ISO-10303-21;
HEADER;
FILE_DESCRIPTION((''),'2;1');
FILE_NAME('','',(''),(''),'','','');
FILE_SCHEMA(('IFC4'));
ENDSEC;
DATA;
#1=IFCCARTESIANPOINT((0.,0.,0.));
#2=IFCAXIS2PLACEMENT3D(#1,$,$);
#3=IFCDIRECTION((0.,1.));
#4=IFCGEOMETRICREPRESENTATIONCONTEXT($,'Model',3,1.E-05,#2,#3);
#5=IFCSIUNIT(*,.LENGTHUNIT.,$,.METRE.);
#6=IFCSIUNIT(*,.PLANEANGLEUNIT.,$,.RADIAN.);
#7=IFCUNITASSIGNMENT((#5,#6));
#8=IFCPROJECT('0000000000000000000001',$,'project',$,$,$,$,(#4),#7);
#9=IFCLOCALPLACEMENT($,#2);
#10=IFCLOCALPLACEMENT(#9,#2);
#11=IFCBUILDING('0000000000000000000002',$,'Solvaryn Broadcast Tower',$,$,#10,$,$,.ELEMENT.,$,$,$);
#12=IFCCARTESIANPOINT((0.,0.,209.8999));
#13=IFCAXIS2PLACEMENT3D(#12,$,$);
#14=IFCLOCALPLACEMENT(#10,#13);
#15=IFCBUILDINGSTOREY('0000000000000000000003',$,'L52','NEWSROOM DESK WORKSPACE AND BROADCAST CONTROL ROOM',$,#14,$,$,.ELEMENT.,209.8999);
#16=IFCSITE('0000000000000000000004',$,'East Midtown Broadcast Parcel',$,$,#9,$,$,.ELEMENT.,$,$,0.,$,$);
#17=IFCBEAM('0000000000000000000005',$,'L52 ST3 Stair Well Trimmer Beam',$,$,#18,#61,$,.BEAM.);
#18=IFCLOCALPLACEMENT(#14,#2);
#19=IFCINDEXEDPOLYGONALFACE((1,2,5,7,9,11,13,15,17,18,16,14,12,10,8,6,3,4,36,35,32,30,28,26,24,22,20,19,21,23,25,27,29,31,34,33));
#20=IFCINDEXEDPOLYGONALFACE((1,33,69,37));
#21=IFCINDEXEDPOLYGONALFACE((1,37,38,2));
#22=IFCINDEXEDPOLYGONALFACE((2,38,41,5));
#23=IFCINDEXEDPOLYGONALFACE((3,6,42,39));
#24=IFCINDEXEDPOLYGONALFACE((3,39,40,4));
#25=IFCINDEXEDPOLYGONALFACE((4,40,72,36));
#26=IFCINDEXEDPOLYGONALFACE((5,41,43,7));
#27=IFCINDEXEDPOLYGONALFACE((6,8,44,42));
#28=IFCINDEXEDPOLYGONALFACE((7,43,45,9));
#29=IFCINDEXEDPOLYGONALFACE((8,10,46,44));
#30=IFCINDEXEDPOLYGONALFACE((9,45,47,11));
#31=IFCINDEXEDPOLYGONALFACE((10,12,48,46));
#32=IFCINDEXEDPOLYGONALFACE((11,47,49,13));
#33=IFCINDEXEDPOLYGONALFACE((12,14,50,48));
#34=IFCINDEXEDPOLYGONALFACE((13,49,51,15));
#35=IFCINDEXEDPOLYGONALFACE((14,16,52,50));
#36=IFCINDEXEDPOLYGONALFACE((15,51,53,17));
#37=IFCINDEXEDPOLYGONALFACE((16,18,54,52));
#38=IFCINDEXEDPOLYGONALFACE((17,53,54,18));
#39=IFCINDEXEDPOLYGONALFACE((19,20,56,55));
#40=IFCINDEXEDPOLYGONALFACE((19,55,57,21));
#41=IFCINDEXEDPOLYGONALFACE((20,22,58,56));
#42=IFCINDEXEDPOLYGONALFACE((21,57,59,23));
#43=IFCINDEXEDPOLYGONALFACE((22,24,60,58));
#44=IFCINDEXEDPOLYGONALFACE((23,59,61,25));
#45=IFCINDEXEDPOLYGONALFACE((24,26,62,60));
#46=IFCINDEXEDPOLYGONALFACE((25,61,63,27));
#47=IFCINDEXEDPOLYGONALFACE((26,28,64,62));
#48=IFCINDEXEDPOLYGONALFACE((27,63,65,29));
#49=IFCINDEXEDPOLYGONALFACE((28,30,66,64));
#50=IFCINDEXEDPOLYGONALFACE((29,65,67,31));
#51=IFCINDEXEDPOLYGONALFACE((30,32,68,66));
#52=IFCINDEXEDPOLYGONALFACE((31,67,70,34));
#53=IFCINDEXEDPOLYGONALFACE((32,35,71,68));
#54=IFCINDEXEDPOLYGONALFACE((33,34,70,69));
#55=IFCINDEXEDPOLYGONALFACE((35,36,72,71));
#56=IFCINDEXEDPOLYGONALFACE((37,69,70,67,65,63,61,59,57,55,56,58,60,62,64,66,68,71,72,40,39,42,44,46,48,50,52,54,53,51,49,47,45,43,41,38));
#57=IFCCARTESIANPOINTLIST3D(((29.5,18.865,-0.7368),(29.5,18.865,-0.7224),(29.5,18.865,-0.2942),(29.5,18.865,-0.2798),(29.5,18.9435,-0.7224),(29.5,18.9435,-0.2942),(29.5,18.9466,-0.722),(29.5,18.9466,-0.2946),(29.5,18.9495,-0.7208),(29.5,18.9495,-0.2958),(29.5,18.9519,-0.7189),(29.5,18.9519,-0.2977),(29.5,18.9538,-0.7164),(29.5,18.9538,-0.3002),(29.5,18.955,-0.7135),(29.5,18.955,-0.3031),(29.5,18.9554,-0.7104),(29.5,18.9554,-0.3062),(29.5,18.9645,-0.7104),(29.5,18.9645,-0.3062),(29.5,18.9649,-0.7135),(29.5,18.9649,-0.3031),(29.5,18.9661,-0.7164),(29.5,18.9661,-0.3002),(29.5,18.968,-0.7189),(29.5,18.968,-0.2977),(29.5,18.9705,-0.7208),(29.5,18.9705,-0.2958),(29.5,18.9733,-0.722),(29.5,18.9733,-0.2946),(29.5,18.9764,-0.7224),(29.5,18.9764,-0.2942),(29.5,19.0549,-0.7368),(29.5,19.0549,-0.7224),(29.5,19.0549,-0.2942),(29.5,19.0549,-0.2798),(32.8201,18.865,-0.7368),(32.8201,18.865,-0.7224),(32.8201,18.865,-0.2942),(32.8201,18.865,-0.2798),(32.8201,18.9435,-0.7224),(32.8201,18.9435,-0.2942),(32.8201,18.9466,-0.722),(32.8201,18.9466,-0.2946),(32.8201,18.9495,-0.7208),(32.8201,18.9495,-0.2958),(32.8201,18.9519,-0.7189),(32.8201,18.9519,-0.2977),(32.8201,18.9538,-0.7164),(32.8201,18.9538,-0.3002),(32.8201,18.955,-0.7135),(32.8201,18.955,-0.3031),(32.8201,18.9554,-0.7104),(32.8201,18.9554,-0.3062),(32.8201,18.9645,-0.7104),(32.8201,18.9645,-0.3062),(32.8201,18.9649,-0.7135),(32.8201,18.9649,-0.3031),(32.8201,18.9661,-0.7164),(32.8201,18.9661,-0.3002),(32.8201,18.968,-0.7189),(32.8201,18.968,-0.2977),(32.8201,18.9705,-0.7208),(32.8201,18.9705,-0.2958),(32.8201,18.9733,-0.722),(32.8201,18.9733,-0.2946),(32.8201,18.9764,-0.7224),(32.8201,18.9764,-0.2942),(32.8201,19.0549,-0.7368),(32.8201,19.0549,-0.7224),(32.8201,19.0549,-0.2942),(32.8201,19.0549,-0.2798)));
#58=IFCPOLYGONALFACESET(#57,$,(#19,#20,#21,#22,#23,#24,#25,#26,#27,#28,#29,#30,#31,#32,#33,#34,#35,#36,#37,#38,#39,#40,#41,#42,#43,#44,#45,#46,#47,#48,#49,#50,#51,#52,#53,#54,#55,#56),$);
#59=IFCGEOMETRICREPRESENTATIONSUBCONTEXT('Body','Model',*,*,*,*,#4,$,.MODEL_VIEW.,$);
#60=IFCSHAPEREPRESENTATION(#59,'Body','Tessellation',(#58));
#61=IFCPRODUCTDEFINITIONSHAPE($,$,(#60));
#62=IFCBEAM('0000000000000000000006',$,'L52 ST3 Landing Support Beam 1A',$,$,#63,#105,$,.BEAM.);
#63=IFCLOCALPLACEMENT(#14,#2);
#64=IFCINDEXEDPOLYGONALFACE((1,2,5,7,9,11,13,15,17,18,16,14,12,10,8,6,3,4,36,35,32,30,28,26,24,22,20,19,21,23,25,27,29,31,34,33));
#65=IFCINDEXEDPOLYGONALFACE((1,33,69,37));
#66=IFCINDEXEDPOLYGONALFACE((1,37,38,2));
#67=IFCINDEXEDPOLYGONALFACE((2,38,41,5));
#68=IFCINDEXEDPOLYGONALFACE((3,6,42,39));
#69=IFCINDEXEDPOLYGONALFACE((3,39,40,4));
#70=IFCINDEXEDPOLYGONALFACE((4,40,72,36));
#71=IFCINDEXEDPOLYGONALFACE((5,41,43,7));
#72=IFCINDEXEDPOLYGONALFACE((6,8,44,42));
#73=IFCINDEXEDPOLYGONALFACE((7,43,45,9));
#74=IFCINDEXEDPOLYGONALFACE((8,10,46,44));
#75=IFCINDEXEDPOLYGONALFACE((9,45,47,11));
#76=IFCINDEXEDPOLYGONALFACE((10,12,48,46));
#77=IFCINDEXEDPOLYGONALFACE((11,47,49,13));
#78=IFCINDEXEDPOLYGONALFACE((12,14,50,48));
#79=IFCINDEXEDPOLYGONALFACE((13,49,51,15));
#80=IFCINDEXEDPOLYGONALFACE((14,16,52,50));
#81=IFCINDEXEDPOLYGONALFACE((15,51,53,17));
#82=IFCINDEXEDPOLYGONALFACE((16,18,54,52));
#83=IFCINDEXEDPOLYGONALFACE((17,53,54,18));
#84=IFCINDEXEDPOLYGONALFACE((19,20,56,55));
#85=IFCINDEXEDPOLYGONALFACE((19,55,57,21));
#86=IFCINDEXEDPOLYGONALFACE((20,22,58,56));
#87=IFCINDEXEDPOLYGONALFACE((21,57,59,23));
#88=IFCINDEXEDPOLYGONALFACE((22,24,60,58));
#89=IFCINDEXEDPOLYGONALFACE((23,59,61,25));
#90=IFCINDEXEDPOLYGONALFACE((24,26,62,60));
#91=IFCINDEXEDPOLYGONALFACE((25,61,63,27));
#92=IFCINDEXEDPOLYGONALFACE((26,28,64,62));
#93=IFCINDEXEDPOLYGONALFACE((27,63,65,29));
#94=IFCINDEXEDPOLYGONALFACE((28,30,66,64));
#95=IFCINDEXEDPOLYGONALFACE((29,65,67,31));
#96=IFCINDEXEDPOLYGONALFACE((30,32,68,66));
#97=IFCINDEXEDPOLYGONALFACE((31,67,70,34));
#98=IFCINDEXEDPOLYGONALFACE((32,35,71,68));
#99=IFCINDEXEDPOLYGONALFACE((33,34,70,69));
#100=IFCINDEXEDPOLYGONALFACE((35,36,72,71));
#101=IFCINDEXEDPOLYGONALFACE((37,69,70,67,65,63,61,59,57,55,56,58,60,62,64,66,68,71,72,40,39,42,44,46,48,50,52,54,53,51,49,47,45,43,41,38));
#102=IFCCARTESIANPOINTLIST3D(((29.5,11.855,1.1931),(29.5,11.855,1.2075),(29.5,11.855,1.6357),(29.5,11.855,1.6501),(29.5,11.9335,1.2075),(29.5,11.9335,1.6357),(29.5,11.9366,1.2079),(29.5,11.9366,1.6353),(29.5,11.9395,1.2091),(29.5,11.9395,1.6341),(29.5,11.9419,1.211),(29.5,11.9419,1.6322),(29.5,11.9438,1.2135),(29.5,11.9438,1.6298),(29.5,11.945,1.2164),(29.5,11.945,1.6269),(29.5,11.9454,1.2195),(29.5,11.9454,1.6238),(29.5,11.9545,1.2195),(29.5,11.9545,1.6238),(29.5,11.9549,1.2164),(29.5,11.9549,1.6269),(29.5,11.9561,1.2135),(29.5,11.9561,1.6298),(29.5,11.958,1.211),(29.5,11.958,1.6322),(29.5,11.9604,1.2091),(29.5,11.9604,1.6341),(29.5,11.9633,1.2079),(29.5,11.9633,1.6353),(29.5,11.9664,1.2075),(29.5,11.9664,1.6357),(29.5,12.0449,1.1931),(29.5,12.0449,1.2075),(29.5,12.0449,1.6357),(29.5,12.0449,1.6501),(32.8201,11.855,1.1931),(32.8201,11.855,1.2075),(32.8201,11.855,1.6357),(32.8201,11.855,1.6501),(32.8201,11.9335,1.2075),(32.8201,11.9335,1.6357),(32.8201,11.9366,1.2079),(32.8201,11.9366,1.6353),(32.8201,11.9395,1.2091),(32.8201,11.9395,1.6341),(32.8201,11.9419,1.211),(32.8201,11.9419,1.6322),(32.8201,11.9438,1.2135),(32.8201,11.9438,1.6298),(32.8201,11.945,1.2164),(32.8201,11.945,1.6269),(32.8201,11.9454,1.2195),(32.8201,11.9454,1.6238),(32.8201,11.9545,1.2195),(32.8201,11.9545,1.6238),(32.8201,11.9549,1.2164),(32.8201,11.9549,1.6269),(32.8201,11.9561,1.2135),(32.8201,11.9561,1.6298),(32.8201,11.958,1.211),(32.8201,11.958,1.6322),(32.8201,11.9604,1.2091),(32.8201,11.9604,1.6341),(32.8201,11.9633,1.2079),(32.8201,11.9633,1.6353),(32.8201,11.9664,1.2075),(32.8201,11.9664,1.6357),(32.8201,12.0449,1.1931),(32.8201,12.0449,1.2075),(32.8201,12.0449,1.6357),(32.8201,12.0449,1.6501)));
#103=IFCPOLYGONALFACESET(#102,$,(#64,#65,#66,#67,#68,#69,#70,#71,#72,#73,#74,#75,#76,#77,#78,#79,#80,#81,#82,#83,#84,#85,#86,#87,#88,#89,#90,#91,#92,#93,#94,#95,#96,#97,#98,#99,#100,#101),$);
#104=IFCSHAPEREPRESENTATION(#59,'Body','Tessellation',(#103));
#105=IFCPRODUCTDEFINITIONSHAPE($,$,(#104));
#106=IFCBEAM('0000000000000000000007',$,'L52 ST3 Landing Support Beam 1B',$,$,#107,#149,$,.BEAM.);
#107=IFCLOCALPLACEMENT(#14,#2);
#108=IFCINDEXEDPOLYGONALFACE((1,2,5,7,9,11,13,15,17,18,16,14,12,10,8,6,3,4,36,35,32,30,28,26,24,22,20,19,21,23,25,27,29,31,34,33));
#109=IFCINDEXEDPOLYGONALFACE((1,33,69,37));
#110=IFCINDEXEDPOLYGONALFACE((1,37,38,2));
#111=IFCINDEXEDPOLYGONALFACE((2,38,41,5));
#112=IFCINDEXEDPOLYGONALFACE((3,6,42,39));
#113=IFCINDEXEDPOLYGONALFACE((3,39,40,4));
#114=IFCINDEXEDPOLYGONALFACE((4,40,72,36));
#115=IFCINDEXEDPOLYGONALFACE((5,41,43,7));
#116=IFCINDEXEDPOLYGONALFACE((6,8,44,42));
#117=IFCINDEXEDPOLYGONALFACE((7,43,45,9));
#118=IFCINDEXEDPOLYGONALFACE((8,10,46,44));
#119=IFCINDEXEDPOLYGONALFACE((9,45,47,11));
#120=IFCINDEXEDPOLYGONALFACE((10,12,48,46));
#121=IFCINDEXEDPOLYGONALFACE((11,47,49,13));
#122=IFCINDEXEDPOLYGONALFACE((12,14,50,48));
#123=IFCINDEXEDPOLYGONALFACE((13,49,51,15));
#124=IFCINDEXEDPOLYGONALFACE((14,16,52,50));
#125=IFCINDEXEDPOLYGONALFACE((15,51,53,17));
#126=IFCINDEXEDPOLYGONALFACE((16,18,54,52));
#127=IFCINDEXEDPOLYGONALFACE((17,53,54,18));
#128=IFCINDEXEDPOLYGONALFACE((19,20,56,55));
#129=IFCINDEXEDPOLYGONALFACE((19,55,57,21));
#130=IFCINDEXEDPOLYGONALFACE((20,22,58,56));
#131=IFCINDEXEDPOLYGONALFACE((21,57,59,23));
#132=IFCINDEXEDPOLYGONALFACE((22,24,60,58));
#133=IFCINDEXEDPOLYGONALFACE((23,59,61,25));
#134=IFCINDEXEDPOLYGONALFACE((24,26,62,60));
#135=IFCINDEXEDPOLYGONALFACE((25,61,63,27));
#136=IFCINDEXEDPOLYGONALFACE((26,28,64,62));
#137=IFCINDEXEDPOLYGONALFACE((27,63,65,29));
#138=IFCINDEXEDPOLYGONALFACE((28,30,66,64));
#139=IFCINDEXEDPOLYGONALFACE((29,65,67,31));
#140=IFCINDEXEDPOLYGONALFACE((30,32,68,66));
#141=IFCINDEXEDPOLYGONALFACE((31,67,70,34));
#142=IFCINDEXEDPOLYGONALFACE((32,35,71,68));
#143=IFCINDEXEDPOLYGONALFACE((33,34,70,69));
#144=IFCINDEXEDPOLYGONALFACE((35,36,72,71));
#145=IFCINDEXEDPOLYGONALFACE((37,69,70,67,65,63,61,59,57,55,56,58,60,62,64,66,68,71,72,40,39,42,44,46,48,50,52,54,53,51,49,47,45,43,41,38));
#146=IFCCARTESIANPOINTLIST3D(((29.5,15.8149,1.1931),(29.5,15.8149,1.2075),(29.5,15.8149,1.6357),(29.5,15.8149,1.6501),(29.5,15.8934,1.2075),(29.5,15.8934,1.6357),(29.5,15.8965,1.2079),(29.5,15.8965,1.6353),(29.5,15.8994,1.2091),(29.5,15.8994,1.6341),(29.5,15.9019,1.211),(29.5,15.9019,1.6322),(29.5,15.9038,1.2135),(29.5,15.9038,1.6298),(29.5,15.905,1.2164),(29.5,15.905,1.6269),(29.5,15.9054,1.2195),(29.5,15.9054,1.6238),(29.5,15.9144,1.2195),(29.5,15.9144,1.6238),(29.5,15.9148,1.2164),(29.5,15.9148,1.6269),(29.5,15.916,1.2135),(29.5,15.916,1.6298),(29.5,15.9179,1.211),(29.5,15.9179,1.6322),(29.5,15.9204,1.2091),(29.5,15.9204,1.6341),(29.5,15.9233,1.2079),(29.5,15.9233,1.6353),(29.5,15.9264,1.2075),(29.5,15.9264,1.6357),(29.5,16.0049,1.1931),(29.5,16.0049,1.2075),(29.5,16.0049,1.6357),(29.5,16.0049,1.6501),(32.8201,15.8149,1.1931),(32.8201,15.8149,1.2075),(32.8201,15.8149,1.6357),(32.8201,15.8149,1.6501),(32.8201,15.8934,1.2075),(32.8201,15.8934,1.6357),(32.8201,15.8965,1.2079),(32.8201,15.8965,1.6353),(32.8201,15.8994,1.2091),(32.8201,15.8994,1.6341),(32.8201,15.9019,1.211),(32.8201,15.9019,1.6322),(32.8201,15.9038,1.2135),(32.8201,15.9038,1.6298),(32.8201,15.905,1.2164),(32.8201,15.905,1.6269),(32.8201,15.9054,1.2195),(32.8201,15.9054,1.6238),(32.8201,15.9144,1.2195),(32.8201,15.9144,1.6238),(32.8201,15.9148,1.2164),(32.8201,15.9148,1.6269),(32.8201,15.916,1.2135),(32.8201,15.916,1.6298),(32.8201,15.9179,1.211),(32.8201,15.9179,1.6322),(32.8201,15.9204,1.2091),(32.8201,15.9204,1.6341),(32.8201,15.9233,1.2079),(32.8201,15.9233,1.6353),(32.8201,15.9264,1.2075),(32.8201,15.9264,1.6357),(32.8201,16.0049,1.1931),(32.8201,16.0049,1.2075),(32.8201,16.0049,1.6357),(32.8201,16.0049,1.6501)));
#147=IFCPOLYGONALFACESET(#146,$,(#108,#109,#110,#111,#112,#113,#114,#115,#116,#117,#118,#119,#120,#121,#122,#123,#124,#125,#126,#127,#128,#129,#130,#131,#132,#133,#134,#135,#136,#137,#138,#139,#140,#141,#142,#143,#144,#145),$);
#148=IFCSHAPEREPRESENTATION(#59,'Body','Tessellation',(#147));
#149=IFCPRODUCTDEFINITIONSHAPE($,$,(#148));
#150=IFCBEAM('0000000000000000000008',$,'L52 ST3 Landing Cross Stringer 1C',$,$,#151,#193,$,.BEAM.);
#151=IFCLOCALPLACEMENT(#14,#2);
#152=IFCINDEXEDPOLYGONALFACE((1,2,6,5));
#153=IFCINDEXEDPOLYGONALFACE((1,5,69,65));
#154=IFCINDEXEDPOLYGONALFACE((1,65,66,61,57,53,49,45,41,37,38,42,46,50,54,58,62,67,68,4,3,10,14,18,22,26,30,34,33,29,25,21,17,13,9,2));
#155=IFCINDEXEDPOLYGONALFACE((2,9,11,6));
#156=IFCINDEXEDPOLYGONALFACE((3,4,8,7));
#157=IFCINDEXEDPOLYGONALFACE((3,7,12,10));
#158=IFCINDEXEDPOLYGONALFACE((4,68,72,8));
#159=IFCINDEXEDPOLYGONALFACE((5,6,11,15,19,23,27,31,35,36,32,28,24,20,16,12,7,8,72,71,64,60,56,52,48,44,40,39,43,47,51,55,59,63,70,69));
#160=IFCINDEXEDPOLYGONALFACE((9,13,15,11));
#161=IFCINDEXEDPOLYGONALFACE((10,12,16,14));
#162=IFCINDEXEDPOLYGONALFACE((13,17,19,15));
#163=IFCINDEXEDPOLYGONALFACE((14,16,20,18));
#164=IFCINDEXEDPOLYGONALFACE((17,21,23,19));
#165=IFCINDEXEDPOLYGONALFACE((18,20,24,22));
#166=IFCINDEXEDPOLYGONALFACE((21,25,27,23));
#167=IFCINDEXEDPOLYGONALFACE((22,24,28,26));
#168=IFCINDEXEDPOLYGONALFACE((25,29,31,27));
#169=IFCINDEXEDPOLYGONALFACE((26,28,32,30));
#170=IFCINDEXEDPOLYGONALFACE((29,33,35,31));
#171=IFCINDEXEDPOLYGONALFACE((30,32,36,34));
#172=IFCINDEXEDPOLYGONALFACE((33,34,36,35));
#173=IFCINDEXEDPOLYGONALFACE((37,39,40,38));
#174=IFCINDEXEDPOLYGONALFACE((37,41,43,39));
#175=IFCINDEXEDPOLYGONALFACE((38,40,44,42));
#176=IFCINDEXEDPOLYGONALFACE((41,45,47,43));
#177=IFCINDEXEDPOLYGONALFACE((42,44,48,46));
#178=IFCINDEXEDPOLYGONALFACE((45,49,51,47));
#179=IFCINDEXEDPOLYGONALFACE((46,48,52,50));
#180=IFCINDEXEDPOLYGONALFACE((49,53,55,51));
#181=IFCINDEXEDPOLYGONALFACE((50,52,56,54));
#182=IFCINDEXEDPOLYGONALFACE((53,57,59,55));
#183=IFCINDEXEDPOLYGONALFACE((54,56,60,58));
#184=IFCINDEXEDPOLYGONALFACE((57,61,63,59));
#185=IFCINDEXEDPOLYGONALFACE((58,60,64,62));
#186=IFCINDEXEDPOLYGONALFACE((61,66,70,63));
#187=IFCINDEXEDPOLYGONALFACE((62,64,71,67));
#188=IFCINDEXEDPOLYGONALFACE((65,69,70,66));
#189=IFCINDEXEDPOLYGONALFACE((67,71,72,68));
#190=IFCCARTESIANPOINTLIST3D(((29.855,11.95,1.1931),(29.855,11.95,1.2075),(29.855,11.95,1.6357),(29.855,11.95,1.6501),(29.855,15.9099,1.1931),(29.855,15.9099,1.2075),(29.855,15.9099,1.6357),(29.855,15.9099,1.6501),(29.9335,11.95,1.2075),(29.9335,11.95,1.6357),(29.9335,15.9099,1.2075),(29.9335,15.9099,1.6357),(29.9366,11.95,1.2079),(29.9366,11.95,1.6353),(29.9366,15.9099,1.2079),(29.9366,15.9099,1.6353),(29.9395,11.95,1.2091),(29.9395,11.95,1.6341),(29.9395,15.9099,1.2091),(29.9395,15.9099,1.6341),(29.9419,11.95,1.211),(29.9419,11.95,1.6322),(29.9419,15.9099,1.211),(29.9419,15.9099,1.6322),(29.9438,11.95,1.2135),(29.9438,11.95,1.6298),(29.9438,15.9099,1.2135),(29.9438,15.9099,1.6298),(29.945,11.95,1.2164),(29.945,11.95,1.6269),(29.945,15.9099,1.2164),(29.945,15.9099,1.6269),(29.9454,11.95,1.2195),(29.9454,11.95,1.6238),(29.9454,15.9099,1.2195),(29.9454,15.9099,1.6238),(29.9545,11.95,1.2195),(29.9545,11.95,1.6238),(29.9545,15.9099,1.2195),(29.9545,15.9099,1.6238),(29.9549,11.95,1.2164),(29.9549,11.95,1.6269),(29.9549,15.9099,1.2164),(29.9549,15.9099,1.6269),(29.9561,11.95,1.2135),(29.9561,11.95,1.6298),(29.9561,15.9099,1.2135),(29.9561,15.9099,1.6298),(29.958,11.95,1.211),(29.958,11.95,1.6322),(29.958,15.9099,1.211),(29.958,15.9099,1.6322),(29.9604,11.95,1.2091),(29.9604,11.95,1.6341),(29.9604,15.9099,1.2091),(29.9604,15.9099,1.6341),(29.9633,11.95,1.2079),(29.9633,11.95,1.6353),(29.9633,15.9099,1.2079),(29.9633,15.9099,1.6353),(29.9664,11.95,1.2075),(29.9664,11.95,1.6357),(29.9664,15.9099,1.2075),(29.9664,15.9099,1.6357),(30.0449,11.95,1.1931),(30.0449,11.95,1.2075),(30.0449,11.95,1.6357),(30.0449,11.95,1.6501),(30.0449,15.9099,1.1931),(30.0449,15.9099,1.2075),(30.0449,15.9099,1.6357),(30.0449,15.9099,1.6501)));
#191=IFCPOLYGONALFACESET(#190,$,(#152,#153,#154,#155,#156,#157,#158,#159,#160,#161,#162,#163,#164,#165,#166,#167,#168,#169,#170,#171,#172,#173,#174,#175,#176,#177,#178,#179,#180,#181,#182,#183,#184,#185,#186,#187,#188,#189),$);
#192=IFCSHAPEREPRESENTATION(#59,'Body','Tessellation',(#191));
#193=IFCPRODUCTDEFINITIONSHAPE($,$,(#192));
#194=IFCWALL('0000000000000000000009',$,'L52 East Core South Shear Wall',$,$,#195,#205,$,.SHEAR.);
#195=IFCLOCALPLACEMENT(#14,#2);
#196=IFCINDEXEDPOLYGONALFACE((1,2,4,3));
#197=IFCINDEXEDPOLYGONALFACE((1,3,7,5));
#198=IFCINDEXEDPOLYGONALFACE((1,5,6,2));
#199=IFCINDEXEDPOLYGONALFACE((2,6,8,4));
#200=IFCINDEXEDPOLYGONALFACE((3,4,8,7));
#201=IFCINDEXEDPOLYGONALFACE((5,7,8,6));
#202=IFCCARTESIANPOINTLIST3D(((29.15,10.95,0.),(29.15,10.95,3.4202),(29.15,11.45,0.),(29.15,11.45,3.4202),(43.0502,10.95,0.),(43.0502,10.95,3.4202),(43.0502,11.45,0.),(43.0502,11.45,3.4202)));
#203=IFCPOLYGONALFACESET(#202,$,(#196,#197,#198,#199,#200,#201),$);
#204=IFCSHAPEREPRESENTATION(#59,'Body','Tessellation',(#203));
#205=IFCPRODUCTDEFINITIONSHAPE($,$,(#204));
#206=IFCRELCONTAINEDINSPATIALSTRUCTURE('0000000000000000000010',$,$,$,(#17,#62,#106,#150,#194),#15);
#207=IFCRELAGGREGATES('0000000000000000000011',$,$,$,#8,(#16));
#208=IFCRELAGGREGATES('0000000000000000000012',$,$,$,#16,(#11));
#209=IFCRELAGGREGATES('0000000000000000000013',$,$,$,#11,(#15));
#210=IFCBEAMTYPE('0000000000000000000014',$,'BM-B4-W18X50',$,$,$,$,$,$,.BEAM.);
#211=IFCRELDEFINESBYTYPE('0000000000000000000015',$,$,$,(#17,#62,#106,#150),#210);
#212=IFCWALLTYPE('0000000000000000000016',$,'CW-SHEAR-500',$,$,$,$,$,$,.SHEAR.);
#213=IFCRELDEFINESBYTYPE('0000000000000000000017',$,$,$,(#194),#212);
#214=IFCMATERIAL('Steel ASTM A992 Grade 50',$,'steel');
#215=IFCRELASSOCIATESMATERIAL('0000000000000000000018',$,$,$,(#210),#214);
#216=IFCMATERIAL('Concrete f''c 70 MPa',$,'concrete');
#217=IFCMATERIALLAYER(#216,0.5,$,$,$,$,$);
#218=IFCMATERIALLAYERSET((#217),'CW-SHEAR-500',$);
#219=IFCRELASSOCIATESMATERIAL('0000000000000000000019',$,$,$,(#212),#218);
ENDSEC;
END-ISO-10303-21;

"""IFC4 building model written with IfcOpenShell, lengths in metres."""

from ifc_helpers import new_model, si_unit, direction, frame, frame_2d, origin, origin_2d, place, context, subcontext, project, spatial, rectangle, i_section, extrude, material, layer, layer_set, material_profile, profile_set, type_object, element, save


model = new_model("IFC4")

# Units and contexts
model_context = context("Model", 3, precision=1e-05, world=origin(), true_north=direction((0.0, 1.0)))
body_context = subcontext(model_context, "Body", "Model", "MODEL_VIEW")
ifc_project = project(units=[si_unit("LENGTHUNIT", "METRE"), si_unit("PLANEANGLEUNIT", "RADIAN")], contexts=[model_context])

# Site, building, storey
site_placement = place(None, origin())
site = spatial("IfcSite", under=ifc_project, at=site_placement, Name="East Midtown Broadcast Parcel", CompositionType="ELEMENT", RefElevation=0.0)
building_placement = place(site_placement, origin())
building = spatial("IfcBuilding", under=site, at=building_placement, Name="Solvaryn Broadcast Tower", CompositionType="ELEMENT")
storey_placement = place(building_placement, frame((0.0, 0.0, 209.8999)))
storey = spatial("IfcBuildingStorey", under=building, at=storey_placement, Name="L52", Description="NEWSROOM DESK WORKSPACE AND BROADCAST CONTROL ROOM", CompositionType="ELEMENT", Elevation=209.8999)

# Beams
ifc_material_1 = material(Name="Steel ASTM A992 Grade 50", Category="steel")
ifc_material_profile_1 = material_profile(ifc_material_1, i_section(OverallWidth=0.1899, OverallDepth=0.457, WebThickness=0.009, FlangeThickness=0.0144, FilletRadius=0.012, at=origin_2d()))
ifc_profile_set_1 = profile_set([ifc_material_profile_1], Name="Steel ASTM A992 Grade 50")
beam_type_1 = type_object("IfcBeamType", Name="BM-B4-W18X50", PredefinedType="BEAM", material=ifc_profile_set_1)
for number, where, z_axis, x_axis, name in (
    (1, (29.5, 18.96, -0.5083), (1.0, 0.0, 0.0), (0.0, 1.0, 0.0), "L52 ST3 Stair Well Trimmer Beam"),
    (2, (29.5, 11.95, 1.4216), (1.0, 0.0, 0.0), (0.0, 1.0, 0.0), "L52 ST3 Landing Support Beam 1A"),
    (3, (29.5, 15.9099, 1.4216), (1.0, 0.0, 0.0), (0.0, 1.0, 0.0), "L52 ST3 Landing Support Beam 1B"),
):
    element("IfcBeam", number, at=place(storey_placement, frame(where, z_axis=z_axis, x_axis=x_axis)), inside=storey, type_object=beam_type_1, Name=name, PredefinedType="BEAM", context=body_context, shape_type="SweptSolid", body=[
        extrude(i_section(OverallWidth=0.1899, OverallDepth=0.457, WebThickness=0.009, FlangeThickness=0.0144, FilletRadius=0.012, at=origin_2d()), origin(), (0.0, 0.0, 1.0), 3.3201),
    ])
beam_1_placement = place(storey_placement, frame((29.95, 11.95, 1.4216), z_axis=(0.0, 1.0, 0.0), x_axis=(-1.0, 0.0, 0.0)))
element("IfcBeam", 4, at=beam_1_placement, inside=storey, type_object=beam_type_1, Name="L52 ST3 Landing Cross Stringer 1C", PredefinedType="BEAM", context=body_context, shape_type="SweptSolid", body=[
    extrude(i_section(OverallWidth=0.1899, OverallDepth=0.457, WebThickness=0.009, FlangeThickness=0.0144, FilletRadius=0.012, at=origin_2d()), origin(), (0.0, 0.0, 1.0), 3.96),
])

# Wall
ifc_material_2 = material(Name="Concrete f'c 70 MPa", Category="concrete")
ifc_layer_1 = layer(ifc_material_2, 0.5)
ifc_layer_set_1 = layer_set([ifc_layer_1], Name="CW-SHEAR-500")
wall_type_1 = type_object("IfcWallType", Name="CW-SHEAR-500", PredefinedType="SHEAR", material=ifc_layer_set_1)
wall_1_placement = place(storey_placement, frame((29.1499, 11.2, 0.0), z_axis=(0.0, 0.0, 1.0), x_axis=(1.0, 0.0, 0.0)))
element("IfcWall", 5, at=wall_1_placement, inside=storey, type_object=wall_type_1, Name="L52 East Core South Shear Wall", PredefinedType="SHEAR", context=body_context, shape_type="SweptSolid", body=[
    extrude(rectangle(XDim=13.9001, YDim=0.5, at=frame_2d((6.9502, 0.0))), origin(), (0.0, 0.0, 1.0), 3.4202),
])

save(model, "model.ifc")
